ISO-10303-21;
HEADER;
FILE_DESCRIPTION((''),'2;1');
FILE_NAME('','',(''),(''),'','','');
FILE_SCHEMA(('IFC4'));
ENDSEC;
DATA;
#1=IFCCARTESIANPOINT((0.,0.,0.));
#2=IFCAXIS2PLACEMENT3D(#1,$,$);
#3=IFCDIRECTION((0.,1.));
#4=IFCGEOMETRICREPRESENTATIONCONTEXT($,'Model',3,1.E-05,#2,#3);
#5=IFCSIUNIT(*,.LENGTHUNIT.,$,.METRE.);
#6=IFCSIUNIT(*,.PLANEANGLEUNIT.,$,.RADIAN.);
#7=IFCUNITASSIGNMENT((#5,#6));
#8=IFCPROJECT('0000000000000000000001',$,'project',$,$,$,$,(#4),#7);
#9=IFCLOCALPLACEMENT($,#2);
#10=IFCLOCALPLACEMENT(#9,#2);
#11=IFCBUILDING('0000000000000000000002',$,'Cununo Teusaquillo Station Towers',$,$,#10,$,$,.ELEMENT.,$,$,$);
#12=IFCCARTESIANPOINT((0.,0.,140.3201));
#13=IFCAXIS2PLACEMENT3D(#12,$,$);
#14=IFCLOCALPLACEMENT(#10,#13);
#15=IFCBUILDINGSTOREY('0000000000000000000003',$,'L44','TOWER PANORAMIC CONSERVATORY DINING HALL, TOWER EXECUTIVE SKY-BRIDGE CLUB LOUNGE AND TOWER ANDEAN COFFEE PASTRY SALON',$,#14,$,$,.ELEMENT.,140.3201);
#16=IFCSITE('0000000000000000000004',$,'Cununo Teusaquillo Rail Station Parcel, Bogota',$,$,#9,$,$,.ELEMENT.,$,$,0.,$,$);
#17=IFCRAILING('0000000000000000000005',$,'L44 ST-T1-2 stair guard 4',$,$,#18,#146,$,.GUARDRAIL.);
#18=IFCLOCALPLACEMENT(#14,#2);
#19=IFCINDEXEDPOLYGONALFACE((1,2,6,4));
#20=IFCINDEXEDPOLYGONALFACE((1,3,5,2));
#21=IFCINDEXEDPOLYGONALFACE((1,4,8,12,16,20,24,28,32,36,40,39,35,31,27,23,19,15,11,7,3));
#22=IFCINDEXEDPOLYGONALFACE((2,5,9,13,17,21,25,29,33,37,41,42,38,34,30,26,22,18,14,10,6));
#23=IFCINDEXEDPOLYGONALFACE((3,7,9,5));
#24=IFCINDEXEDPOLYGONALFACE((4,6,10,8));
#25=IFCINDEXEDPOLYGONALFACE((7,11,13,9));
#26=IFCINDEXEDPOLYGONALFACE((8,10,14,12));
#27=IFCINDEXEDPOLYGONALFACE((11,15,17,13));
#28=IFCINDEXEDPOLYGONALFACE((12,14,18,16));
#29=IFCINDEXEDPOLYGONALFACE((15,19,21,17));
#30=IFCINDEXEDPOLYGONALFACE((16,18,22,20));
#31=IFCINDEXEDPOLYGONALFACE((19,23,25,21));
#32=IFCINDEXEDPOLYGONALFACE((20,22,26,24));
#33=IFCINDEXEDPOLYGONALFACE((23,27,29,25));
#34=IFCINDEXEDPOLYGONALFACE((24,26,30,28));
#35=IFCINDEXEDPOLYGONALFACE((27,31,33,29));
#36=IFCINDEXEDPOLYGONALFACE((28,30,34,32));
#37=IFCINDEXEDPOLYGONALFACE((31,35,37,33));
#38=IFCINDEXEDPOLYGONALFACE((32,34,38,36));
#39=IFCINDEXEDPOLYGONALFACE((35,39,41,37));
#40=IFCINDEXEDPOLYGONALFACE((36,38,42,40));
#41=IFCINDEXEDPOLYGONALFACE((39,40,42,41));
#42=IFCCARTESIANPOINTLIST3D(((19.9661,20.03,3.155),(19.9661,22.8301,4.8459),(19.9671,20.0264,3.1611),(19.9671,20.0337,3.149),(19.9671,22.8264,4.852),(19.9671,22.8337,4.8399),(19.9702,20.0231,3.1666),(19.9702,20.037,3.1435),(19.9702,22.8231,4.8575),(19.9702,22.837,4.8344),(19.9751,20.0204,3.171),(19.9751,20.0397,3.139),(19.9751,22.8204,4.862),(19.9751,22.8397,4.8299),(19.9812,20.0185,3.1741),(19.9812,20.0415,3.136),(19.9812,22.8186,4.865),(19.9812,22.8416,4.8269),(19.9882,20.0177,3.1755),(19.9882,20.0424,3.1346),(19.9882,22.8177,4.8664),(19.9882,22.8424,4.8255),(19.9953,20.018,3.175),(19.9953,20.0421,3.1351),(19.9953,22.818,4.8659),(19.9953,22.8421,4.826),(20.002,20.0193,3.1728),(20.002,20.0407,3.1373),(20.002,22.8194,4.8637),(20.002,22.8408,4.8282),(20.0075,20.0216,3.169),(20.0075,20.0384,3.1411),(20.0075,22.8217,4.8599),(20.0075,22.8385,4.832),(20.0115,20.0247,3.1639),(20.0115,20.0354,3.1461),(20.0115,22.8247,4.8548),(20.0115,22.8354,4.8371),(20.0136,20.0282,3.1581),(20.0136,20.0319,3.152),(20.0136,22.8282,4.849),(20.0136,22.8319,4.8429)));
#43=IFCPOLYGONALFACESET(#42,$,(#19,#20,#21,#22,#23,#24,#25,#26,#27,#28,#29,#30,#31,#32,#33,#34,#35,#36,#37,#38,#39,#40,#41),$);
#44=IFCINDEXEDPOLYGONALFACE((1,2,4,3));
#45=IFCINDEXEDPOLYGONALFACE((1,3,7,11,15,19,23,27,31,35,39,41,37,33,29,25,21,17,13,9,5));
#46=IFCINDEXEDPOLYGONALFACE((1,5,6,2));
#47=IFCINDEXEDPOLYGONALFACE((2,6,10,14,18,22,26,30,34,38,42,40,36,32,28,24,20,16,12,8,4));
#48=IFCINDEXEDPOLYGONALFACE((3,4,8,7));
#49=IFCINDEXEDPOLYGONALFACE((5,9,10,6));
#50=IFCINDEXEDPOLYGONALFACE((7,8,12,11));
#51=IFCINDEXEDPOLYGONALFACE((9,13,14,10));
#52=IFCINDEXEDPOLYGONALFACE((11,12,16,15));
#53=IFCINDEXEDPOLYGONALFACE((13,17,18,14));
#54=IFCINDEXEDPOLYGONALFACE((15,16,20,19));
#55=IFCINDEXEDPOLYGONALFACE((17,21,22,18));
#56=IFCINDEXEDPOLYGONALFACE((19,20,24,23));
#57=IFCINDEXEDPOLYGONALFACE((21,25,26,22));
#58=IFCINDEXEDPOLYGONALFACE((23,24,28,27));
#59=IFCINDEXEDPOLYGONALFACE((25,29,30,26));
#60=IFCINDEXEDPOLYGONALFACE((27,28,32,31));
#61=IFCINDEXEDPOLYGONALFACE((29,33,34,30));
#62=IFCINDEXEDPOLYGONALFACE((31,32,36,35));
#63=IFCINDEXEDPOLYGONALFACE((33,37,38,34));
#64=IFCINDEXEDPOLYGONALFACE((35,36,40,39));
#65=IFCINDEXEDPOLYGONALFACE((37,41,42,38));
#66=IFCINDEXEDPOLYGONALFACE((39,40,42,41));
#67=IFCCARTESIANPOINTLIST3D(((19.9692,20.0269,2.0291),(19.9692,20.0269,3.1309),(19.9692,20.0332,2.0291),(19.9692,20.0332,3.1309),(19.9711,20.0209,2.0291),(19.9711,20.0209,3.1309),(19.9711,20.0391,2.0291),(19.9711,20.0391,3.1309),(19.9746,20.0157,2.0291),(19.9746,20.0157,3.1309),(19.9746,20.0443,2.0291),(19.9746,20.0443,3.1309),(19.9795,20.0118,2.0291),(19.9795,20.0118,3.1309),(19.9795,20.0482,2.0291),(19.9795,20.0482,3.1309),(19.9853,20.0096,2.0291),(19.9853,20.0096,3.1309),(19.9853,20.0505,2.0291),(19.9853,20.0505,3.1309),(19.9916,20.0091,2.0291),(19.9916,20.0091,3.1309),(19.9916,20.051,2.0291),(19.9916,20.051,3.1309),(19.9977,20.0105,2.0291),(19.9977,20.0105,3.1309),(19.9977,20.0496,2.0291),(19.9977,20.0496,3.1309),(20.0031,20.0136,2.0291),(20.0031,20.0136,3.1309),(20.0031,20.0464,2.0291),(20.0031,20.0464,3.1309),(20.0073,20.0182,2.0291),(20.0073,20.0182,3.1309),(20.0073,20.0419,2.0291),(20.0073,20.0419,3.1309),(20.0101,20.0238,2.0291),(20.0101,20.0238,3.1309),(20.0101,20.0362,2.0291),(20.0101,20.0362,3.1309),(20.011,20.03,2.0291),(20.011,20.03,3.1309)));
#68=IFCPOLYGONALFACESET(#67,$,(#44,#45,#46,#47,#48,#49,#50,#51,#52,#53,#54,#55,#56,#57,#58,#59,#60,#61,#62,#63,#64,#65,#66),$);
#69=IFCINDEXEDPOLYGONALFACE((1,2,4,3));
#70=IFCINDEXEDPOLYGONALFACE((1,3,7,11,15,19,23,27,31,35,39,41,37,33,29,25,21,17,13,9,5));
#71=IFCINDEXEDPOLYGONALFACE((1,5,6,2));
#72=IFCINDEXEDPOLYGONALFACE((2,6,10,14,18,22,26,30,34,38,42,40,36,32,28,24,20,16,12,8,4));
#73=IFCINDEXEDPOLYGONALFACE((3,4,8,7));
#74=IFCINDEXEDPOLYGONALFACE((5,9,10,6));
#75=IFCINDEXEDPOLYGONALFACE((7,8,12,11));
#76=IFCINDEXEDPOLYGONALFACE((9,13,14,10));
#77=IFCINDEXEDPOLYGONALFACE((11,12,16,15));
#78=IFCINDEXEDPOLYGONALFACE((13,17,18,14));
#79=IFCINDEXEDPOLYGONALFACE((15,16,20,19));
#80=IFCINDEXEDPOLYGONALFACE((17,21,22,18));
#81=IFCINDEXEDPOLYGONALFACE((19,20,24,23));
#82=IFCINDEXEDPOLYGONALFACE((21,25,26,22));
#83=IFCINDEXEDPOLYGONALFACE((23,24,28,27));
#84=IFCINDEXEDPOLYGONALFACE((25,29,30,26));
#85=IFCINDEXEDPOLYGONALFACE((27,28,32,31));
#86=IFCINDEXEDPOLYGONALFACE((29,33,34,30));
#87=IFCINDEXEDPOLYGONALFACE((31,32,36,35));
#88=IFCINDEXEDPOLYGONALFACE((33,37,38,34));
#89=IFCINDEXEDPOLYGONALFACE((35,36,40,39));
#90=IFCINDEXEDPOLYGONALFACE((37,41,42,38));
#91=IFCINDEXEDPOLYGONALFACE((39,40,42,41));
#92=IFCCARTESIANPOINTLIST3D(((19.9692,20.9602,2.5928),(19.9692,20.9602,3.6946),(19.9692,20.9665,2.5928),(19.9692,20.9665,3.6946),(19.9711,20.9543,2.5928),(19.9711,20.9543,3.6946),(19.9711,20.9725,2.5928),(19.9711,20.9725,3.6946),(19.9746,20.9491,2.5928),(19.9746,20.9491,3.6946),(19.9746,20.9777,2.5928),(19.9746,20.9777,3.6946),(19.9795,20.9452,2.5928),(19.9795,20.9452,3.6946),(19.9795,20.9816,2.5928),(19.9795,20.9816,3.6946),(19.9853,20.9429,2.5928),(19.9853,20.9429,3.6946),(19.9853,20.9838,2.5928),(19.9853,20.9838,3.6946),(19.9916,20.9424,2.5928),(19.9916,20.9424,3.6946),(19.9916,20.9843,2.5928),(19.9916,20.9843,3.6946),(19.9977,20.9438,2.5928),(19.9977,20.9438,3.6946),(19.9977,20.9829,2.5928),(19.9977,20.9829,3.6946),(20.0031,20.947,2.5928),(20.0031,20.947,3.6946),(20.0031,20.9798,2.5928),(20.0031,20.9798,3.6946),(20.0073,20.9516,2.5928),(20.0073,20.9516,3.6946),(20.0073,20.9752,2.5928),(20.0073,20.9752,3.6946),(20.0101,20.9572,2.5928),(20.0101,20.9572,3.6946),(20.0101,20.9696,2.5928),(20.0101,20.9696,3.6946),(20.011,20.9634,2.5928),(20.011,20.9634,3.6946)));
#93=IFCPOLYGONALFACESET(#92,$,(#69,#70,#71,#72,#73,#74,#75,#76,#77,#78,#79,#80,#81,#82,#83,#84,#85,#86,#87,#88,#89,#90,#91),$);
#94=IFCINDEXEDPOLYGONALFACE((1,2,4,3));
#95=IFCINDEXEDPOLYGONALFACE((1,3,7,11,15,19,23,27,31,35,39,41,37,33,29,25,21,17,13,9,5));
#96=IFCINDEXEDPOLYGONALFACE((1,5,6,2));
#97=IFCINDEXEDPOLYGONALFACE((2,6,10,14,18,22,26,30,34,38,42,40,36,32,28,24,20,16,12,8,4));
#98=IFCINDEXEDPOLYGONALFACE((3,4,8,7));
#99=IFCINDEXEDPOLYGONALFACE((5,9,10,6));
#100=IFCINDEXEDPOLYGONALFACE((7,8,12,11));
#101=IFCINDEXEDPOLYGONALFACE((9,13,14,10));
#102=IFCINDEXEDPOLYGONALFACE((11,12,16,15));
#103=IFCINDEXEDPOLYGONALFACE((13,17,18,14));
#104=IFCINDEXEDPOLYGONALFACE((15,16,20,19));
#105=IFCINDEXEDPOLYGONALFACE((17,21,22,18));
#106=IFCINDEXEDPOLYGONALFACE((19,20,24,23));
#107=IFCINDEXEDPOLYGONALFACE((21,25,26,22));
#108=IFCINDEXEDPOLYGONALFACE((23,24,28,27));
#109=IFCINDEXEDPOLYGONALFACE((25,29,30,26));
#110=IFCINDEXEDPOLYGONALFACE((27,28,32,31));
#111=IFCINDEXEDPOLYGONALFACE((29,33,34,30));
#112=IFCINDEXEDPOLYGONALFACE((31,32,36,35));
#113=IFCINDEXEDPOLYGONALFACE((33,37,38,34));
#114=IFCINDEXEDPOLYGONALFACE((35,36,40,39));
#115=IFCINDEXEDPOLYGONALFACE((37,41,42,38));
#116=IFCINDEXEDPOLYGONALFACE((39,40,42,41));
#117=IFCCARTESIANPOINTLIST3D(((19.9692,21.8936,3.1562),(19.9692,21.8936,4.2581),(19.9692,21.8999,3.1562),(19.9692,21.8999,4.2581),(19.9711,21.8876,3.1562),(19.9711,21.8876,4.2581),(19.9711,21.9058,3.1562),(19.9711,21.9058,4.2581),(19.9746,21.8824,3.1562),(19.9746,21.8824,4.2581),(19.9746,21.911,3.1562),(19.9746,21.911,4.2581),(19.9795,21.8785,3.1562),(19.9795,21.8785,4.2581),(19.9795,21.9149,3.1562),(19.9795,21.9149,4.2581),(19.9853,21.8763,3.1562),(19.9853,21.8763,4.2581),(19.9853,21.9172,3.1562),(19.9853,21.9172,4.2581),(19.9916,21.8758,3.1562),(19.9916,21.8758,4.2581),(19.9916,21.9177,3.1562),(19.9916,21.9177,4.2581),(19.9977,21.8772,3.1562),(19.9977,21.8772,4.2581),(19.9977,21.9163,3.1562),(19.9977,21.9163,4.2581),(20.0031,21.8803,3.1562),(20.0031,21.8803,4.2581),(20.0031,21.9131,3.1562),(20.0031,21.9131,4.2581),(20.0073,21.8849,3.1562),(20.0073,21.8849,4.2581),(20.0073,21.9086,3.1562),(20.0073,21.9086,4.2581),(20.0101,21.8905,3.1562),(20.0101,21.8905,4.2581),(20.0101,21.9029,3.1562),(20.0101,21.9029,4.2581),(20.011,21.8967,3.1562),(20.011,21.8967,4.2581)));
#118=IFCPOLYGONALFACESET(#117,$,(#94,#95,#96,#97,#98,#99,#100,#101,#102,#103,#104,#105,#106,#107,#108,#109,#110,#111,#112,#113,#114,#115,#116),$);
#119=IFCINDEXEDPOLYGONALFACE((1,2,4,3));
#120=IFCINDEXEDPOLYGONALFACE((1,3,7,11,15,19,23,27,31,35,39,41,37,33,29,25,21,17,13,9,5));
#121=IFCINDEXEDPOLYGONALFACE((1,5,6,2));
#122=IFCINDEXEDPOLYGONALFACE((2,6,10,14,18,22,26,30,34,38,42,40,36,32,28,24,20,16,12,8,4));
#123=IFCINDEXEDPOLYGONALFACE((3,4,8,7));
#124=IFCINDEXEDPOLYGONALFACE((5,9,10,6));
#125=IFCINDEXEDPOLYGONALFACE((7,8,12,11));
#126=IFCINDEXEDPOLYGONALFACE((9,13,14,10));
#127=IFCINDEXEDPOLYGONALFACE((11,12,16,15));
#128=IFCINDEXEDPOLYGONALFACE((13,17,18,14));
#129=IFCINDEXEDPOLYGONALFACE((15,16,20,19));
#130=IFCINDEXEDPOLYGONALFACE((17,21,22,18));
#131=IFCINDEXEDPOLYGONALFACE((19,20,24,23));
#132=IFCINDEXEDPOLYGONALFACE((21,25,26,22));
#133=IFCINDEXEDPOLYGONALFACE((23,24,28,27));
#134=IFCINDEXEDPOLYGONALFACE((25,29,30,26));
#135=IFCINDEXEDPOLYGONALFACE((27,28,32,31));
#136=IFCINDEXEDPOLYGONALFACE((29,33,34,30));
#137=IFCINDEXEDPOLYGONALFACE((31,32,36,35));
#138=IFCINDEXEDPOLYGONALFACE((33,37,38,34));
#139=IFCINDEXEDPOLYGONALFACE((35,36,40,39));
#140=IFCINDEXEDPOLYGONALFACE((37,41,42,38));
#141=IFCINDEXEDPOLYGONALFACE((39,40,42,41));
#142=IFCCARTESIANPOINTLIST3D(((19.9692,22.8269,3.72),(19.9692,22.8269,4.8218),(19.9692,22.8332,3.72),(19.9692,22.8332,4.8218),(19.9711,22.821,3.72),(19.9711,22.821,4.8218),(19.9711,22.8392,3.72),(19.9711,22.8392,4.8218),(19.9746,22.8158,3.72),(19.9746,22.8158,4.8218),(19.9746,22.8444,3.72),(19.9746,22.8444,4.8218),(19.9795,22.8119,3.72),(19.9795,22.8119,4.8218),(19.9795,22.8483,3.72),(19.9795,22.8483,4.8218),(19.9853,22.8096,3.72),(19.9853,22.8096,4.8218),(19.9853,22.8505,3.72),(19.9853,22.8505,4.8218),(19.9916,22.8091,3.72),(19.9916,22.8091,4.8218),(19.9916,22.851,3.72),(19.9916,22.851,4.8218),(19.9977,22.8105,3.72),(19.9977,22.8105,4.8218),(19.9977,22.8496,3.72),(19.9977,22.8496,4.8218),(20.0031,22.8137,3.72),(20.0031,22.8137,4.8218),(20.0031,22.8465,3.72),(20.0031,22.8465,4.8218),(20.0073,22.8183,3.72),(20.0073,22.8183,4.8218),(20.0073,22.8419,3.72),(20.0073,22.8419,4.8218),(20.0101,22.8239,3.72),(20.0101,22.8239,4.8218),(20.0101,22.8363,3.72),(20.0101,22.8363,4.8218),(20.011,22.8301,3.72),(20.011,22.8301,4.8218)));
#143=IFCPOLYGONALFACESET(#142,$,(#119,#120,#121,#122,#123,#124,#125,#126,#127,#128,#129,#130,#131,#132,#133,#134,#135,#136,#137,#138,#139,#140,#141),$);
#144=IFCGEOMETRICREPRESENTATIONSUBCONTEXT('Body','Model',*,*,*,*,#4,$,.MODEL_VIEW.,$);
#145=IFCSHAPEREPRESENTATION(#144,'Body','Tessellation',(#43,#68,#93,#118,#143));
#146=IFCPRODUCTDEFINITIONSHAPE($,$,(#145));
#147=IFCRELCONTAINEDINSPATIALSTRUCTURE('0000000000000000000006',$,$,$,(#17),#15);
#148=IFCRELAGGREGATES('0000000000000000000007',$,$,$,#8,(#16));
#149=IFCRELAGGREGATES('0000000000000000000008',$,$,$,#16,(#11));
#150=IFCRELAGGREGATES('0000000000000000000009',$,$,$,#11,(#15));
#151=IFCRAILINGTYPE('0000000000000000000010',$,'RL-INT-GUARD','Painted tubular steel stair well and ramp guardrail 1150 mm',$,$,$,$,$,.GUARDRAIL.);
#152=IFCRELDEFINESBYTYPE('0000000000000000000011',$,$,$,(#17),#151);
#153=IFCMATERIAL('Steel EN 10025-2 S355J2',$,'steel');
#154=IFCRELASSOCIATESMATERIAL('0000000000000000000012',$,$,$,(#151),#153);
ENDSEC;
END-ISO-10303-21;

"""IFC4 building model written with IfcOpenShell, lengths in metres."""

from ifc_helpers import new_model, si_unit, direction, frame, origin, origin_2d, place, context, subcontext, project, spatial, circle, extrude, material, type_object, element, save


model = new_model("IFC4")

# Units and contexts
model_context = context("Model", 3, precision=1e-05, world=origin(), true_north=direction((0.0, 1.0)))
body_context = subcontext(model_context, "Body", "Model", "MODEL_VIEW")
ifc_project = project(units=[si_unit("LENGTHUNIT", "METRE"), si_unit("PLANEANGLEUNIT", "RADIAN")], contexts=[model_context])

# Site, building, storey
site_placement = place(None, origin())
site = spatial("IfcSite", under=ifc_project, at=site_placement, Name="Cununo Teusaquillo Rail Station Parcel, Bogota", CompositionType="ELEMENT", RefElevation=0.0)
building_placement = place(site_placement, origin())
building = spatial("IfcBuilding", under=site, at=building_placement, Name="Cununo Teusaquillo Station Towers", CompositionType="ELEMENT")
storey_placement = place(building_placement, frame((0.0, 0.0, 140.3201)))
storey = spatial("IfcBuildingStorey", under=building, at=storey_placement, Name="L44", Description="TOWER PANORAMIC CONSERVATORY DINING HALL, TOWER EXECUTIVE SKY-BRIDGE CLUB LOUNGE AND TOWER ANDEAN COFFEE PASTRY SALON", CompositionType="ELEMENT", Elevation=140.3201)

# Railing
ifc_material_1 = material(Name="Steel EN 10025-2 S355J2", Category="steel")
railing_type_1 = type_object("IfcRailingType", Name="RL-INT-GUARD", Description="Painted tubular steel stair well and ramp guardrail 1150 mm", PredefinedType="GUARDRAIL", material=ifc_material_1)
railing_1_placement = place(storey_placement, frame((19.99, 20.03, 2.0291)))
element("IfcRailing", 1, at=railing_1_placement, inside=storey, type_object=railing_type_1, Name="L44 ST-T1-2 stair guard 4", PredefinedType="GUARDRAIL", context=body_context, shape_type="SweptSolid", body=[
    extrude(circle(Radius=0.0239, at=origin_2d()), frame((0.0, 0.0, 1.126), z_axis=(0.0, 0.856021, 0.516941), x_axis=(-1.0, 0.0, 0.0)), (0.0, 0.0, 1.0), 3.271),
    extrude(circle(Radius=0.021, at=origin_2d()), origin(), (0.0, 0.0, 1.0), 1.1018),
    extrude(circle(Radius=0.021, at=origin_2d()), frame((0.0, 0.9333, 0.5637)), (0.0, 0.0, 1.0), 1.1018),
    extrude(circle(Radius=0.021, at=origin_2d()), frame((0.0, 1.8667, 1.1272)), (0.0, 0.0, 1.0), 1.1018),
    extrude(circle(Radius=0.021, at=origin_2d()), frame((0.0, 2.8, 1.6909)), (0.0, 0.0, 1.0), 1.1018),
])

save(model, "model.ifc")
